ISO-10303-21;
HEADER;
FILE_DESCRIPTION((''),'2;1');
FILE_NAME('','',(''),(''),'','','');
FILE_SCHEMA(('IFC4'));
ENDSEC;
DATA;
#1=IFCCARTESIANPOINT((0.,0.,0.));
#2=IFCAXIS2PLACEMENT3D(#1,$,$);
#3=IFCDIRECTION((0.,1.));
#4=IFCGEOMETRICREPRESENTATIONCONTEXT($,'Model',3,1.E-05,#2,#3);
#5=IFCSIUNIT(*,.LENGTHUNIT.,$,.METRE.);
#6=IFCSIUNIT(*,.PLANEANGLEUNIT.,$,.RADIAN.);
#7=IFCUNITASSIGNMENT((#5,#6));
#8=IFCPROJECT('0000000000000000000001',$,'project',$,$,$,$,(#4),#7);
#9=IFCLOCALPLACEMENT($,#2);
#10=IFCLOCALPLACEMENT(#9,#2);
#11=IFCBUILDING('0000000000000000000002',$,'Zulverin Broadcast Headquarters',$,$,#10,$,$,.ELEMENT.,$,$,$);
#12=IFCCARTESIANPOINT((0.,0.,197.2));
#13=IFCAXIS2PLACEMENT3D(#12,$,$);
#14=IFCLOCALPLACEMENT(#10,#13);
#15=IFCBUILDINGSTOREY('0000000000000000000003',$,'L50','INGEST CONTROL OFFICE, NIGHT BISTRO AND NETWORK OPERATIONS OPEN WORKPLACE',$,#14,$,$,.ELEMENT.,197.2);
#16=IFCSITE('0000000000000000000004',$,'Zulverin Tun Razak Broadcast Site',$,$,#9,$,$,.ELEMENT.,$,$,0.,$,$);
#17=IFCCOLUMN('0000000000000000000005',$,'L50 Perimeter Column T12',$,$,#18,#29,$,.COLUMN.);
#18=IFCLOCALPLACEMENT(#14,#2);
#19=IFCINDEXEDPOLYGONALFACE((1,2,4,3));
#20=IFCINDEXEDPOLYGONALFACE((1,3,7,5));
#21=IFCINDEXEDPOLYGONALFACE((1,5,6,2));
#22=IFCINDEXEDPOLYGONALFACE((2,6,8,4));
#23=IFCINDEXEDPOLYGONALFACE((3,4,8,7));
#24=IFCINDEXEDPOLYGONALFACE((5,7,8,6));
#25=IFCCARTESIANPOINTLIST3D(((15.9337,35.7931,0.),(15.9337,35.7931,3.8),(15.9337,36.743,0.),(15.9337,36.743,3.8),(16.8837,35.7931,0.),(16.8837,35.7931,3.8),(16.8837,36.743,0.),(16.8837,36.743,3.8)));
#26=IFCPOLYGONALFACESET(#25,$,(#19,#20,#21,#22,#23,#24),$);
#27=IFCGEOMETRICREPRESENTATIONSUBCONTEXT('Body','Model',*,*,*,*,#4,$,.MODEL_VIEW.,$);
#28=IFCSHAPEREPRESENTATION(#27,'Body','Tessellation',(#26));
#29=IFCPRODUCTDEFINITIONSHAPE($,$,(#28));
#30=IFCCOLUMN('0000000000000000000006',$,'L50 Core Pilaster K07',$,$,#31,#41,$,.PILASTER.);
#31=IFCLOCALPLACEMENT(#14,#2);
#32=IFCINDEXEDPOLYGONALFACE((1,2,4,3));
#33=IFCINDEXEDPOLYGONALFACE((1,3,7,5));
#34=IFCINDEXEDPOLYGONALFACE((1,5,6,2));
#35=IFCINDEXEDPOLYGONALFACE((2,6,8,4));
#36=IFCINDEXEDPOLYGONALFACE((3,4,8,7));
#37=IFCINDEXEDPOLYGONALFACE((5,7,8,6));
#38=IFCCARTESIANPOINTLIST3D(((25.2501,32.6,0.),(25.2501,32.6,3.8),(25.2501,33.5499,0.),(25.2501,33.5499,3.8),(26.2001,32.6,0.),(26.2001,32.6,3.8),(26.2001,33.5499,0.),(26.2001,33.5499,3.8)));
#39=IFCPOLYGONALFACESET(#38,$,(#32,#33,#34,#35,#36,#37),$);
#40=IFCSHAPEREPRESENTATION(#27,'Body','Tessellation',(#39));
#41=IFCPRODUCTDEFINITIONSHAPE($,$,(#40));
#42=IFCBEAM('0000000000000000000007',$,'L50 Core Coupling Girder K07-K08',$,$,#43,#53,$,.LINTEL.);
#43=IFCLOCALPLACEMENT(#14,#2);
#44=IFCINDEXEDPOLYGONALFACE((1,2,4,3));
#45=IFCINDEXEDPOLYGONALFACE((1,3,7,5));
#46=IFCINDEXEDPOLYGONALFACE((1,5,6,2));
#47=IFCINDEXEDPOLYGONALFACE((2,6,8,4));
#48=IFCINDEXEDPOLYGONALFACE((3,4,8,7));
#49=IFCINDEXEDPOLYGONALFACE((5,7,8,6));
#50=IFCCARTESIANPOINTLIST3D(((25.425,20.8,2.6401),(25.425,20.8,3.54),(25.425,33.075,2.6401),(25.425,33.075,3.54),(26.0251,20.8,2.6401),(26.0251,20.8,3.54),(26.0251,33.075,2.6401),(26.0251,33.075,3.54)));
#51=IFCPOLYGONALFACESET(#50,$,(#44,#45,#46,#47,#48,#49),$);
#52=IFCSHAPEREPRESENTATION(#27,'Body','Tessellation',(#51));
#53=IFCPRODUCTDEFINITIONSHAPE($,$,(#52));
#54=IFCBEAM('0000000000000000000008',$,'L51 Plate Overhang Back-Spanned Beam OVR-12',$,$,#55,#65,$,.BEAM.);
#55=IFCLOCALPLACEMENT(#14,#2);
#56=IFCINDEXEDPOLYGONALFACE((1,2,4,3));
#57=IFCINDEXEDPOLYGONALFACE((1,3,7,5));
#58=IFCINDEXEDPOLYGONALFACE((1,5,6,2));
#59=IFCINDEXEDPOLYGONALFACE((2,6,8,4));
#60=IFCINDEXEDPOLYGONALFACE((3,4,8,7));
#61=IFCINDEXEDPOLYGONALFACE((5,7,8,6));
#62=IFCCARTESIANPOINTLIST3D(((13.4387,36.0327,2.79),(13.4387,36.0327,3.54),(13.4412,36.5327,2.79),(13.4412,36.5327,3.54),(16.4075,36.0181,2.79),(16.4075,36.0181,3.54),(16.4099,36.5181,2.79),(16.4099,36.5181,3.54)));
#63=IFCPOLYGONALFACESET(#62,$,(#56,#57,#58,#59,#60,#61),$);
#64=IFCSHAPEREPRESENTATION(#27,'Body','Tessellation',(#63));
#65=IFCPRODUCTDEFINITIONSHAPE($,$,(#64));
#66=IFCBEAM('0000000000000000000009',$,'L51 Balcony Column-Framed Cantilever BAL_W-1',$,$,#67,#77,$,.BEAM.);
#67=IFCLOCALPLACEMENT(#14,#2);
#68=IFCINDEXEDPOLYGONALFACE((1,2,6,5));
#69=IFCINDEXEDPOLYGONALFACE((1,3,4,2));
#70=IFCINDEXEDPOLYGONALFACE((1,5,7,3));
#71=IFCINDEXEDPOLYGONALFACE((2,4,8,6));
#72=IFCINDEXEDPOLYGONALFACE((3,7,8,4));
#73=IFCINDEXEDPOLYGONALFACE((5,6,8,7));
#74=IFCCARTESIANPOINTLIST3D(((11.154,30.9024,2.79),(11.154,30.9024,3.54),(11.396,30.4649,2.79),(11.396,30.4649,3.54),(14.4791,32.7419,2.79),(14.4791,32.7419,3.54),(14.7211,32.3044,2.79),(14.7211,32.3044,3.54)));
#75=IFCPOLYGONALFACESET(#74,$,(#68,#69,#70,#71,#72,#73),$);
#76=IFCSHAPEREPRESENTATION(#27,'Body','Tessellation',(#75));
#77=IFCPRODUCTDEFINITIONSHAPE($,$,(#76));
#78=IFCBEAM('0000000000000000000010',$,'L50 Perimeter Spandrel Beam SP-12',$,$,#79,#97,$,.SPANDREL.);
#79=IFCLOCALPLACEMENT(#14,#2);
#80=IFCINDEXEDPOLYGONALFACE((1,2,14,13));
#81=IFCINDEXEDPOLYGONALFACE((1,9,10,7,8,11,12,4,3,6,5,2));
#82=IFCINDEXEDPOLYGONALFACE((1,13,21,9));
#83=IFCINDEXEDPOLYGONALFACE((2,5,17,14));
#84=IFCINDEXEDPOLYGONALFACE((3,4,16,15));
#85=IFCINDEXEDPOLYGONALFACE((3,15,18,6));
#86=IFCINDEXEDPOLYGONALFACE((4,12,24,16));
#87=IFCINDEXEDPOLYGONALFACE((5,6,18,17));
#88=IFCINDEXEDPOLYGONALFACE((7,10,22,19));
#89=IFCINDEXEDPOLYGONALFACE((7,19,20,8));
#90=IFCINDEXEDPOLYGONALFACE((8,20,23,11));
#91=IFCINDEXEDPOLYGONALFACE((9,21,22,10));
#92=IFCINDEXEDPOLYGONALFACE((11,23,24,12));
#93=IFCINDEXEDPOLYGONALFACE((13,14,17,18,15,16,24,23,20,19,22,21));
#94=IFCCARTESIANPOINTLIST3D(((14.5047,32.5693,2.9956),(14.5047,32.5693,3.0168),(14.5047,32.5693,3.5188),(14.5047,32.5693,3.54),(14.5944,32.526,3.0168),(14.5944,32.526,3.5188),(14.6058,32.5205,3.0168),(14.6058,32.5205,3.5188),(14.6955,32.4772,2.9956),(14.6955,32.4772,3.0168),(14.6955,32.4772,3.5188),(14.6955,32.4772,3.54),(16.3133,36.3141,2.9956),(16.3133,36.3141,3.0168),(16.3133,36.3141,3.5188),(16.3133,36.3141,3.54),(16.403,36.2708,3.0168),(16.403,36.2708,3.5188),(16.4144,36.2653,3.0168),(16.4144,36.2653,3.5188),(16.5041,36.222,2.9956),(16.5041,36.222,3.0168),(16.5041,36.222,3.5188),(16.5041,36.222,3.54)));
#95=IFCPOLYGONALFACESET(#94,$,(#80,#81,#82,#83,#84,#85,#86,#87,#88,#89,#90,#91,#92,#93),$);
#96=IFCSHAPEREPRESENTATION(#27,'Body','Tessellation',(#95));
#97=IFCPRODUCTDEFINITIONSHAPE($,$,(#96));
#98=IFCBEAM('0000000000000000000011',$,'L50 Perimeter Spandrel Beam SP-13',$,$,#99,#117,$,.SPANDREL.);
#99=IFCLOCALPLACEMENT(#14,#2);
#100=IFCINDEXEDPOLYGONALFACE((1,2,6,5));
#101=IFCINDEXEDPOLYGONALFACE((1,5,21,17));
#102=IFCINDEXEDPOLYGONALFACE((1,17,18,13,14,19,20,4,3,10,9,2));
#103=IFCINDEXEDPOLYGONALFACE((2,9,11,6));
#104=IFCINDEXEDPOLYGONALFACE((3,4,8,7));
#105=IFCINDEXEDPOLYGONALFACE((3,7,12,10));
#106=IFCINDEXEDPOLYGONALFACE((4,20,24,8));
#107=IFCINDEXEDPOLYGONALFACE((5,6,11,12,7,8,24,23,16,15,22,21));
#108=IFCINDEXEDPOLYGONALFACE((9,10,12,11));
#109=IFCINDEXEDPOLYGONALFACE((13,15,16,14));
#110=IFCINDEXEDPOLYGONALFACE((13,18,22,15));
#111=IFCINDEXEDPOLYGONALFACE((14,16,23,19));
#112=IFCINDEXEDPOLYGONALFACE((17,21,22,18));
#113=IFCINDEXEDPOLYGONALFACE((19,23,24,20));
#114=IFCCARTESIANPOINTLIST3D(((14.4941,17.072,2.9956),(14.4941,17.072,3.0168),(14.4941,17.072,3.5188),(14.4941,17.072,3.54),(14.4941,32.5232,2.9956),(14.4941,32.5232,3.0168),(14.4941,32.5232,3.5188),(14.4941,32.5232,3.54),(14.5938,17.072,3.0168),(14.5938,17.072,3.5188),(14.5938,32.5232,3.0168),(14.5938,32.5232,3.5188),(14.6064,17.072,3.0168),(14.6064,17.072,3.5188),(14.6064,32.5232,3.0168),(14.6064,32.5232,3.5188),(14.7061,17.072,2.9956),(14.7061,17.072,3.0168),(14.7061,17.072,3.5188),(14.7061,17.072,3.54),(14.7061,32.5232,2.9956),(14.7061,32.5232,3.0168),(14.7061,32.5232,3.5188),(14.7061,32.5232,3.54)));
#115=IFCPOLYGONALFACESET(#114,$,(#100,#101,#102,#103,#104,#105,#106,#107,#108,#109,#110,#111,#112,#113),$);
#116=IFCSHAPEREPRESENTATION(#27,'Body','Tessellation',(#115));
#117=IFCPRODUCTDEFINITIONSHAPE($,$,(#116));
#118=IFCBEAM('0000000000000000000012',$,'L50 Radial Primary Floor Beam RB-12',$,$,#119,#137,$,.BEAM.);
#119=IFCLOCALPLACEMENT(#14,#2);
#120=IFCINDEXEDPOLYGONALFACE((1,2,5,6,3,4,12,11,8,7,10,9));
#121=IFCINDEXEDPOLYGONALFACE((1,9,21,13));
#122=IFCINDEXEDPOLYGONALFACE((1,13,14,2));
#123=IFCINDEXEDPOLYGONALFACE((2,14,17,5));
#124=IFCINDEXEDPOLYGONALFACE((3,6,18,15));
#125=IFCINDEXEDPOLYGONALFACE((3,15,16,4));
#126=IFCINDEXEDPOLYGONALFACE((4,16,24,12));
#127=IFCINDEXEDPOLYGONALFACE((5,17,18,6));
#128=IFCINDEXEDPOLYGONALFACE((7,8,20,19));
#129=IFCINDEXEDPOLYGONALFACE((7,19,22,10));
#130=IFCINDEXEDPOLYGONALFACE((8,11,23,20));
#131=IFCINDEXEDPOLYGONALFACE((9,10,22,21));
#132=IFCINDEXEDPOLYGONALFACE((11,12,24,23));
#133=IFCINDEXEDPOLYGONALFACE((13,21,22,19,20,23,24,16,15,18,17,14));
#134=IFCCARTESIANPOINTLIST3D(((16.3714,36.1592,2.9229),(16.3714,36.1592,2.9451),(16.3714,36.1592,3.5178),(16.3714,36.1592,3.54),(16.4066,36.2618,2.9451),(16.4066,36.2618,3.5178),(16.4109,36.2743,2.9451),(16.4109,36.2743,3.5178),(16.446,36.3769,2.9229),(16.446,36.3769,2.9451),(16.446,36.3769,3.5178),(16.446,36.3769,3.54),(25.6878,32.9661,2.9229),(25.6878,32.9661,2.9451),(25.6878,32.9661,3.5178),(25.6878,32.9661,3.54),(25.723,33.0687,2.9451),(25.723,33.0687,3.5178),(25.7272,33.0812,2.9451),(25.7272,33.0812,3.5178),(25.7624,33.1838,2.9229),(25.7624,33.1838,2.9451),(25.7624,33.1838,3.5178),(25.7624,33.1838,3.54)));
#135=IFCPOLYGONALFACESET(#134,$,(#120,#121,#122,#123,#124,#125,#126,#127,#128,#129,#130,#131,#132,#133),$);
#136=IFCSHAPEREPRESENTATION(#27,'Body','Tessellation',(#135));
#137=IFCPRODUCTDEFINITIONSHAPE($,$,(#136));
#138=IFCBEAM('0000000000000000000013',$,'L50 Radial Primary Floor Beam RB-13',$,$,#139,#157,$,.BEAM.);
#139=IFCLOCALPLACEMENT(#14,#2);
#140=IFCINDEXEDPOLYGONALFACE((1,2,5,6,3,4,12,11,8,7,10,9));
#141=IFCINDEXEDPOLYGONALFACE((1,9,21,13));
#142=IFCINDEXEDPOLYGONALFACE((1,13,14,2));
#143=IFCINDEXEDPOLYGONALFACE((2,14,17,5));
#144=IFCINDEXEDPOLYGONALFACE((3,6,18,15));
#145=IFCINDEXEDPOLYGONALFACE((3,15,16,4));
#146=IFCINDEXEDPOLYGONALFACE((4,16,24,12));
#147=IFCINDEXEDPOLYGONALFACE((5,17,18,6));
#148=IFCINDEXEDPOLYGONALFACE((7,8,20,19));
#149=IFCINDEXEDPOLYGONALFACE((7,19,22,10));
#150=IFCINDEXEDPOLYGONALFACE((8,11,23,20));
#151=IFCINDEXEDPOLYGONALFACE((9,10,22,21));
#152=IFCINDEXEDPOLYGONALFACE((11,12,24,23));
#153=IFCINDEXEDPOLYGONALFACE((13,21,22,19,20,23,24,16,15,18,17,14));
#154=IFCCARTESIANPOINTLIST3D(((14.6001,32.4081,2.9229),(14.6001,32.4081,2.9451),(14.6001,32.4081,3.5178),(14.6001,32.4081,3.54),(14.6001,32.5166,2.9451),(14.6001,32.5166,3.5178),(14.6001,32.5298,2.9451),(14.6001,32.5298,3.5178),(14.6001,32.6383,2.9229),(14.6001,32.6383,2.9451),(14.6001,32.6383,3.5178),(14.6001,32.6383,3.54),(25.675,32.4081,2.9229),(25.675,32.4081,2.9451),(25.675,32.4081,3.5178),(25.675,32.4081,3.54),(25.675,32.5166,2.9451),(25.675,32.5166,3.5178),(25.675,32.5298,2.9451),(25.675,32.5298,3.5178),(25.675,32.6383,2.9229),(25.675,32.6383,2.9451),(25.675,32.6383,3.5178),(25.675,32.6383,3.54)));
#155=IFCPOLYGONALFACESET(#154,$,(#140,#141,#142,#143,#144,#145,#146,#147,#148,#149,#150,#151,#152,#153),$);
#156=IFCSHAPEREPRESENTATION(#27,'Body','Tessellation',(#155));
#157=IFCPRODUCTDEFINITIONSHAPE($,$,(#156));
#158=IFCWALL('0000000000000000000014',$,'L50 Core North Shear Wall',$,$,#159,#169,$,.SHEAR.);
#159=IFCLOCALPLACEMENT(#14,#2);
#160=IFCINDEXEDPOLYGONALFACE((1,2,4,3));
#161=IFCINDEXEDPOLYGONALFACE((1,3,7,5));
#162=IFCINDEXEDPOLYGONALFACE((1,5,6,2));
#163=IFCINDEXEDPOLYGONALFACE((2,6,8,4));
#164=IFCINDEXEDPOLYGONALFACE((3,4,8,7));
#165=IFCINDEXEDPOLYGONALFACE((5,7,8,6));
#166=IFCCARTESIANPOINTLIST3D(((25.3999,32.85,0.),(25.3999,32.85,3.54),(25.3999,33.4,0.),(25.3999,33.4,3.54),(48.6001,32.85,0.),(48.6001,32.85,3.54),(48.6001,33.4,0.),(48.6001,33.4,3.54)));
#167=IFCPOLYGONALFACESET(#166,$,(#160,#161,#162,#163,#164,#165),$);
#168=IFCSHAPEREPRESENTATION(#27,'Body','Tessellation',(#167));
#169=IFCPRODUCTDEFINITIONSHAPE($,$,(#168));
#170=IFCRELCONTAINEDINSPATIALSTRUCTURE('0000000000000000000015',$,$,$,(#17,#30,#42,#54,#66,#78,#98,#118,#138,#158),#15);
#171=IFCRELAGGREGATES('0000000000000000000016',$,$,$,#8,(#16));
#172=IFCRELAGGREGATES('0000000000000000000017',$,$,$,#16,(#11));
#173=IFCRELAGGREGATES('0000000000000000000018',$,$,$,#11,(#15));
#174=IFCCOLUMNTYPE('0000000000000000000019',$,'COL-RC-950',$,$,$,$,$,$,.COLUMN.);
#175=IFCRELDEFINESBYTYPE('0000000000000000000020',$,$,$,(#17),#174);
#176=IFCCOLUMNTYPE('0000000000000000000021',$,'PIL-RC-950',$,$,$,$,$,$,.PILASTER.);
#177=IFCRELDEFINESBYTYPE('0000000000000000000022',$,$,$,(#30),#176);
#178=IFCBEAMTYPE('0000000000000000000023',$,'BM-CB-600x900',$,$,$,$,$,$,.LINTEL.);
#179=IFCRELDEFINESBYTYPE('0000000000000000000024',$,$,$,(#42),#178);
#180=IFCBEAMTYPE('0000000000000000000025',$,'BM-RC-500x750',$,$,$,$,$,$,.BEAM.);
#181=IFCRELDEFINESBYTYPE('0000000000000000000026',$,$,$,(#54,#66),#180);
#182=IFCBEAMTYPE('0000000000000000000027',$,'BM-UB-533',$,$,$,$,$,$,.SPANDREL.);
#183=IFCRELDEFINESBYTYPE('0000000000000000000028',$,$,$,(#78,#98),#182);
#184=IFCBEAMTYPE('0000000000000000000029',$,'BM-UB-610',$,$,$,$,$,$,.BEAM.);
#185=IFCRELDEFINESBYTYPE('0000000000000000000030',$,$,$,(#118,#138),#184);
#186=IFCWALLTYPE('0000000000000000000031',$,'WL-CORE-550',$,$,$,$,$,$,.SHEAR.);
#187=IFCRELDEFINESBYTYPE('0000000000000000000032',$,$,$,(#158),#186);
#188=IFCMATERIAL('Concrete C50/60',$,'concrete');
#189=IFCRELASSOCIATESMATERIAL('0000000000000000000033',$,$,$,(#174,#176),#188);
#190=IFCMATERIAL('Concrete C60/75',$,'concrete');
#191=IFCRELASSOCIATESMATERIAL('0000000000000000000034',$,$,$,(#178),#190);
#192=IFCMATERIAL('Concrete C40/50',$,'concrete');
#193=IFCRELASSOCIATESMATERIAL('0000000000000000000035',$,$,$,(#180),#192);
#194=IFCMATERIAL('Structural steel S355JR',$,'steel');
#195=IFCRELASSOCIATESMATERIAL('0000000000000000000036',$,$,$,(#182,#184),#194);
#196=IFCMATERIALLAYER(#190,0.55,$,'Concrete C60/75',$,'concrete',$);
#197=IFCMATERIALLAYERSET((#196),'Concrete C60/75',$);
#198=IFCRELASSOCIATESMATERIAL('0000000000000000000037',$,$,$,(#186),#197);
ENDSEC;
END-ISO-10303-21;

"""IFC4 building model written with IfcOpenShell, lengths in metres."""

from ifc_helpers import new_model, si_unit, direction, frame, frame_2d, origin, origin_2d, place, context, subcontext, project, spatial, rectangle, i_section, extrude, material, layer, layer_set, material_profile, profile_set, type_object, element, save


model = new_model("IFC4")

# Units and contexts
model_context = context("Model", 3, precision=1e-05, world=origin(), true_north=direction((0.0, 1.0)))
body_context = subcontext(model_context, "Body", "Model", "MODEL_VIEW")
ifc_project = project(units=[si_unit("LENGTHUNIT", "METRE"), si_unit("PLANEANGLEUNIT", "RADIAN")], contexts=[model_context])

# Site, building, storey
site_placement = place(None, origin())
site = spatial("IfcSite", under=ifc_project, at=site_placement, Name="Zulverin Tun Razak Broadcast Site", CompositionType="ELEMENT", RefElevation=0.0)
building_placement = place(site_placement, origin())
building = spatial("IfcBuilding", under=site, at=building_placement, Name="Zulverin Broadcast Headquarters", CompositionType="ELEMENT")
storey_placement = place(building_placement, frame((0.0, 0.0, 197.2)))
storey = spatial("IfcBuildingStorey", under=building, at=storey_placement, Name="L50", Description="INGEST CONTROL OFFICE, NIGHT BISTRO AND NETWORK OPERATIONS OPEN WORKPLACE", CompositionType="ELEMENT", Elevation=197.2)

# Columns
ifc_material_1 = material(Name="Concrete C50/60", Category="concrete")
ifc_material_profile_1 = material_profile(ifc_material_1, rectangle(XDim=0.95, YDim=0.95, at=origin_2d()), Name="Concrete C50/60", Category="concrete")
ifc_profile_set_1 = profile_set([ifc_material_profile_1], Name="Concrete C50/60")
column_type_1 = type_object("IfcColumnType", Name="COL-RC-950", PredefinedType="COLUMN", material=ifc_profile_set_1)
column_1_placement = place(storey_placement, frame((16.4087, 36.2681, 0.0), z_axis=(0.0, 0.0, 1.0), x_axis=(1.0, 0.0, 0.0)))
element("IfcColumn", 1, at=column_1_placement, inside=storey, type_object=column_type_1, Name="L50 Perimeter Column T12", PredefinedType="COLUMN", context=body_context, shape_type="SweptSolid", body=[
    extrude(rectangle(XDim=0.95, YDim=0.95, at=origin_2d()), origin(), (0.0, 0.0, 1.0), 3.8),
])
ifc_material_profile_2 = material_profile(ifc_material_1, rectangle(XDim=0.95, YDim=0.95, at=origin_2d()), Name="Concrete C50/60", Category="concrete")
ifc_profile_set_2 = profile_set([ifc_material_profile_2], Name="Concrete C50/60")
column_type_2 = type_object("IfcColumnType", Name="PIL-RC-950", PredefinedType="PILASTER", material=ifc_profile_set_2)
column_2_placement = place(storey_placement, frame((25.7251, 33.075, 0.0), z_axis=(0.0, 0.0, 1.0), x_axis=(1.0, 0.0, 0.0)))
element("IfcColumn", 2, at=column_2_placement, inside=storey, type_object=column_type_2, Name="L50 Core Pilaster K07", PredefinedType="PILASTER", context=body_context, shape_type="SweptSolid", body=[
    extrude(rectangle(XDim=0.95, YDim=0.95, at=origin_2d()), origin(), (0.0, 0.0, 1.0), 3.8),
])

# Beams
ifc_material_2 = material(Name="Concrete C60/75", Category="concrete")
ifc_material_profile_3 = material_profile(ifc_material_2, rectangle(XDim=0.6001, YDim=0.8999, at=origin_2d()), Name="Concrete C60/75", Category="concrete")
ifc_profile_set_3 = profile_set([ifc_material_profile_3], Name="Concrete C60/75")
beam_type_1 = type_object("IfcBeamType", Name="BM-CB-600x900", PredefinedType="LINTEL", material=ifc_profile_set_3)
beam_1_placement = place(storey_placement, frame((25.7251, 33.075, 3.0901), z_axis=(0.0, -1.0, 0.0), x_axis=(1.0, 0.0, 0.0)))
element("IfcBeam", 3, at=beam_1_placement, inside=storey, type_object=beam_type_1, Name="L50 Core Coupling Girder K07-K08", PredefinedType="LINTEL", context=body_context, shape_type="SweptSolid", body=[
    extrude(rectangle(XDim=0.6001, YDim=0.8999, at=origin_2d()), origin(), (0.0, 0.0, 1.0), 12.2749),
])
ifc_material_3 = material(Name="Concrete C40/50", Category="concrete")
ifc_material_profile_4 = material_profile(ifc_material_3, rectangle(XDim=0.5, YDim=0.75, at=origin_2d()), Name="Concrete C40/50", Category="concrete")
ifc_profile_set_4 = profile_set([ifc_material_profile_4], Name="Concrete C40/50")
beam_type_2 = type_object("IfcBeamType", Name="BM-RC-500x750", PredefinedType="BEAM", material=ifc_profile_set_4)
beam_2_placement = place(storey_placement, frame((16.4087, 36.2681, 3.165), z_axis=(-0.999988, 0.004934, 0.0), x_axis=(-0.004934, -0.999988, 0.0)))
element("IfcBeam", 4, at=beam_2_placement, inside=storey, type_object=beam_type_2, Name="L51 Plate Overhang Back-Spanned Beam OVR-12", PredefinedType="BEAM", context=body_context, shape_type="SweptSolid", body=[
    extrude(rectangle(XDim=0.5, YDim=0.75, at=origin_2d()), origin(), (0.0, 0.0, 1.0), 2.9688),
])
beam_3_placement = place(storey_placement, frame((14.6001, 32.5232, 3.165), z_axis=(-0.87502, -0.484088, 0.0), x_axis=(0.484088, -0.87502, 0.0)))
element("IfcBeam", 5, at=beam_3_placement, inside=storey, type_object=beam_type_2, Name="L51 Balcony Column-Framed Cantilever BAL_W-1", PredefinedType="BEAM", context=body_context, shape_type="SweptSolid", body=[
    extrude(rectangle(XDim=0.5, YDim=0.75, at=origin_2d()), origin(), (0.0, 0.0, 1.0), 3.8),
])
ifc_material_4 = material(Name="Structural steel S355JR", Category="steel")
ifc_material_profile_5 = material_profile(ifc_material_4, i_section(OverallWidth=0.2119, OverallDepth=0.5444, WebThickness=0.0127, FlangeThickness=0.0212, at=origin_2d()), Name="Structural steel S355JR", Category="steel")
ifc_profile_set_5 = profile_set([ifc_material_profile_5], Name="Structural steel S355JR")
beam_type_3 = type_object("IfcBeamType", Name="BM-UB-533", PredefinedType="SPANDREL", material=ifc_profile_set_5)
beam_4_placement = place(storey_placement, frame((16.4087, 36.2681, 3.2678), z_axis=(-0.43489, -0.900483, 0.0), x_axis=(0.900483, -0.43489, 0.0)))
element("IfcBeam", 6, at=beam_4_placement, inside=storey, type_object=beam_type_3, Name="L50 Perimeter Spandrel Beam SP-12", PredefinedType="SPANDREL", context=body_context, shape_type="SweptSolid", body=[
    extrude(i_section(OverallWidth=0.2119, OverallDepth=0.5444, WebThickness=0.0127, FlangeThickness=0.0212, at=origin_2d()), origin(), (0.0, 0.0, 1.0), 4.1587),
])
beam_5_placement = place(storey_placement, frame((14.6001, 32.5232, 3.2678), z_axis=(0.0, -1.0, 0.0), x_axis=(1.0, 0.0, 0.0)))
element("IfcBeam", 7, at=beam_5_placement, inside=storey, type_object=beam_type_3, Name="L50 Perimeter Spandrel Beam SP-13", PredefinedType="SPANDREL", context=body_context, shape_type="SweptSolid", body=[
    extrude(i_section(OverallWidth=0.2119, OverallDepth=0.5444, WebThickness=0.0127, FlangeThickness=0.0212, at=origin_2d()), origin(), (0.0, 0.0, 1.0), 15.4512),
])
ifc_material_profile_6 = material_profile(ifc_material_4, i_section(OverallWidth=0.2302, OverallDepth=0.6172, WebThickness=0.0132, FlangeThickness=0.0222, at=origin_2d()), Name="Structural steel S355JR", Category="steel")
ifc_profile_set_6 = profile_set([ifc_material_profile_6], Name="Structural steel S355JR")
beam_type_4 = type_object("IfcBeamType", Name="BM-UB-610", PredefinedType="BEAM", material=ifc_profile_set_6)
beam_6_placement = place(storey_placement, frame((25.7251, 33.075, 3.2314), z_axis=(-0.94598, 0.324226, 0.0), x_axis=(-0.324226, -0.94598, 0.0)))
element("IfcBeam", 8, at=beam_6_placement, inside=storey, type_object=beam_type_4, Name="L50 Radial Primary Floor Beam RB-12", PredefinedType="BEAM", context=body_context, shape_type="SweptSolid", body=[
    extrude(i_section(OverallWidth=0.2302, OverallDepth=0.6172, WebThickness=0.0132, FlangeThickness=0.0222, at=origin_2d()), origin(), (0.0, 0.0, 1.0), 9.8484),
])
beam_7_placement = place(storey_placement, frame((25.675, 32.5232, 3.2314), z_axis=(-1.0, 0.0, 0.0), x_axis=(0.0, -1.0, 0.0)))
element("IfcBeam", 9, at=beam_7_placement, inside=storey, type_object=beam_type_4, Name="L50 Radial Primary Floor Beam RB-13", PredefinedType="BEAM", context=body_context, shape_type="SweptSolid", body=[
    extrude(i_section(OverallWidth=0.2302, OverallDepth=0.6172, WebThickness=0.0132, FlangeThickness=0.0222, at=origin_2d()), origin(), (0.0, 0.0, 1.0), 11.075),
])

# Wall
ifc_layer_1 = layer(ifc_material_2, 0.55, Name="Concrete C60/75", Category="concrete")
ifc_layer_set_1 = layer_set([ifc_layer_1], Name="Concrete C60/75")
wall_type_1 = type_object("IfcWallType", Name="WL-CORE-550", PredefinedType="SHEAR", material=ifc_layer_set_1)
wall_1_placement = place(storey_placement, frame((25.3999, 33.125, 0.0), z_axis=(0.0, 0.0, 1.0), x_axis=(1.0, 0.0, 0.0)))
element("IfcWall", 10, at=wall_1_placement, inside=storey, type_object=wall_type_1, Name="L50 Core North Shear Wall", PredefinedType="SHEAR", context=body_context, shape_type="SweptSolid", body=[
    extrude(rectangle(XDim=23.2002, YDim=0.55, at=frame_2d((11.6001, 0.0))), origin(), (0.0, 0.0, 1.0), 3.54),
])

save(model, "model.ifc")
